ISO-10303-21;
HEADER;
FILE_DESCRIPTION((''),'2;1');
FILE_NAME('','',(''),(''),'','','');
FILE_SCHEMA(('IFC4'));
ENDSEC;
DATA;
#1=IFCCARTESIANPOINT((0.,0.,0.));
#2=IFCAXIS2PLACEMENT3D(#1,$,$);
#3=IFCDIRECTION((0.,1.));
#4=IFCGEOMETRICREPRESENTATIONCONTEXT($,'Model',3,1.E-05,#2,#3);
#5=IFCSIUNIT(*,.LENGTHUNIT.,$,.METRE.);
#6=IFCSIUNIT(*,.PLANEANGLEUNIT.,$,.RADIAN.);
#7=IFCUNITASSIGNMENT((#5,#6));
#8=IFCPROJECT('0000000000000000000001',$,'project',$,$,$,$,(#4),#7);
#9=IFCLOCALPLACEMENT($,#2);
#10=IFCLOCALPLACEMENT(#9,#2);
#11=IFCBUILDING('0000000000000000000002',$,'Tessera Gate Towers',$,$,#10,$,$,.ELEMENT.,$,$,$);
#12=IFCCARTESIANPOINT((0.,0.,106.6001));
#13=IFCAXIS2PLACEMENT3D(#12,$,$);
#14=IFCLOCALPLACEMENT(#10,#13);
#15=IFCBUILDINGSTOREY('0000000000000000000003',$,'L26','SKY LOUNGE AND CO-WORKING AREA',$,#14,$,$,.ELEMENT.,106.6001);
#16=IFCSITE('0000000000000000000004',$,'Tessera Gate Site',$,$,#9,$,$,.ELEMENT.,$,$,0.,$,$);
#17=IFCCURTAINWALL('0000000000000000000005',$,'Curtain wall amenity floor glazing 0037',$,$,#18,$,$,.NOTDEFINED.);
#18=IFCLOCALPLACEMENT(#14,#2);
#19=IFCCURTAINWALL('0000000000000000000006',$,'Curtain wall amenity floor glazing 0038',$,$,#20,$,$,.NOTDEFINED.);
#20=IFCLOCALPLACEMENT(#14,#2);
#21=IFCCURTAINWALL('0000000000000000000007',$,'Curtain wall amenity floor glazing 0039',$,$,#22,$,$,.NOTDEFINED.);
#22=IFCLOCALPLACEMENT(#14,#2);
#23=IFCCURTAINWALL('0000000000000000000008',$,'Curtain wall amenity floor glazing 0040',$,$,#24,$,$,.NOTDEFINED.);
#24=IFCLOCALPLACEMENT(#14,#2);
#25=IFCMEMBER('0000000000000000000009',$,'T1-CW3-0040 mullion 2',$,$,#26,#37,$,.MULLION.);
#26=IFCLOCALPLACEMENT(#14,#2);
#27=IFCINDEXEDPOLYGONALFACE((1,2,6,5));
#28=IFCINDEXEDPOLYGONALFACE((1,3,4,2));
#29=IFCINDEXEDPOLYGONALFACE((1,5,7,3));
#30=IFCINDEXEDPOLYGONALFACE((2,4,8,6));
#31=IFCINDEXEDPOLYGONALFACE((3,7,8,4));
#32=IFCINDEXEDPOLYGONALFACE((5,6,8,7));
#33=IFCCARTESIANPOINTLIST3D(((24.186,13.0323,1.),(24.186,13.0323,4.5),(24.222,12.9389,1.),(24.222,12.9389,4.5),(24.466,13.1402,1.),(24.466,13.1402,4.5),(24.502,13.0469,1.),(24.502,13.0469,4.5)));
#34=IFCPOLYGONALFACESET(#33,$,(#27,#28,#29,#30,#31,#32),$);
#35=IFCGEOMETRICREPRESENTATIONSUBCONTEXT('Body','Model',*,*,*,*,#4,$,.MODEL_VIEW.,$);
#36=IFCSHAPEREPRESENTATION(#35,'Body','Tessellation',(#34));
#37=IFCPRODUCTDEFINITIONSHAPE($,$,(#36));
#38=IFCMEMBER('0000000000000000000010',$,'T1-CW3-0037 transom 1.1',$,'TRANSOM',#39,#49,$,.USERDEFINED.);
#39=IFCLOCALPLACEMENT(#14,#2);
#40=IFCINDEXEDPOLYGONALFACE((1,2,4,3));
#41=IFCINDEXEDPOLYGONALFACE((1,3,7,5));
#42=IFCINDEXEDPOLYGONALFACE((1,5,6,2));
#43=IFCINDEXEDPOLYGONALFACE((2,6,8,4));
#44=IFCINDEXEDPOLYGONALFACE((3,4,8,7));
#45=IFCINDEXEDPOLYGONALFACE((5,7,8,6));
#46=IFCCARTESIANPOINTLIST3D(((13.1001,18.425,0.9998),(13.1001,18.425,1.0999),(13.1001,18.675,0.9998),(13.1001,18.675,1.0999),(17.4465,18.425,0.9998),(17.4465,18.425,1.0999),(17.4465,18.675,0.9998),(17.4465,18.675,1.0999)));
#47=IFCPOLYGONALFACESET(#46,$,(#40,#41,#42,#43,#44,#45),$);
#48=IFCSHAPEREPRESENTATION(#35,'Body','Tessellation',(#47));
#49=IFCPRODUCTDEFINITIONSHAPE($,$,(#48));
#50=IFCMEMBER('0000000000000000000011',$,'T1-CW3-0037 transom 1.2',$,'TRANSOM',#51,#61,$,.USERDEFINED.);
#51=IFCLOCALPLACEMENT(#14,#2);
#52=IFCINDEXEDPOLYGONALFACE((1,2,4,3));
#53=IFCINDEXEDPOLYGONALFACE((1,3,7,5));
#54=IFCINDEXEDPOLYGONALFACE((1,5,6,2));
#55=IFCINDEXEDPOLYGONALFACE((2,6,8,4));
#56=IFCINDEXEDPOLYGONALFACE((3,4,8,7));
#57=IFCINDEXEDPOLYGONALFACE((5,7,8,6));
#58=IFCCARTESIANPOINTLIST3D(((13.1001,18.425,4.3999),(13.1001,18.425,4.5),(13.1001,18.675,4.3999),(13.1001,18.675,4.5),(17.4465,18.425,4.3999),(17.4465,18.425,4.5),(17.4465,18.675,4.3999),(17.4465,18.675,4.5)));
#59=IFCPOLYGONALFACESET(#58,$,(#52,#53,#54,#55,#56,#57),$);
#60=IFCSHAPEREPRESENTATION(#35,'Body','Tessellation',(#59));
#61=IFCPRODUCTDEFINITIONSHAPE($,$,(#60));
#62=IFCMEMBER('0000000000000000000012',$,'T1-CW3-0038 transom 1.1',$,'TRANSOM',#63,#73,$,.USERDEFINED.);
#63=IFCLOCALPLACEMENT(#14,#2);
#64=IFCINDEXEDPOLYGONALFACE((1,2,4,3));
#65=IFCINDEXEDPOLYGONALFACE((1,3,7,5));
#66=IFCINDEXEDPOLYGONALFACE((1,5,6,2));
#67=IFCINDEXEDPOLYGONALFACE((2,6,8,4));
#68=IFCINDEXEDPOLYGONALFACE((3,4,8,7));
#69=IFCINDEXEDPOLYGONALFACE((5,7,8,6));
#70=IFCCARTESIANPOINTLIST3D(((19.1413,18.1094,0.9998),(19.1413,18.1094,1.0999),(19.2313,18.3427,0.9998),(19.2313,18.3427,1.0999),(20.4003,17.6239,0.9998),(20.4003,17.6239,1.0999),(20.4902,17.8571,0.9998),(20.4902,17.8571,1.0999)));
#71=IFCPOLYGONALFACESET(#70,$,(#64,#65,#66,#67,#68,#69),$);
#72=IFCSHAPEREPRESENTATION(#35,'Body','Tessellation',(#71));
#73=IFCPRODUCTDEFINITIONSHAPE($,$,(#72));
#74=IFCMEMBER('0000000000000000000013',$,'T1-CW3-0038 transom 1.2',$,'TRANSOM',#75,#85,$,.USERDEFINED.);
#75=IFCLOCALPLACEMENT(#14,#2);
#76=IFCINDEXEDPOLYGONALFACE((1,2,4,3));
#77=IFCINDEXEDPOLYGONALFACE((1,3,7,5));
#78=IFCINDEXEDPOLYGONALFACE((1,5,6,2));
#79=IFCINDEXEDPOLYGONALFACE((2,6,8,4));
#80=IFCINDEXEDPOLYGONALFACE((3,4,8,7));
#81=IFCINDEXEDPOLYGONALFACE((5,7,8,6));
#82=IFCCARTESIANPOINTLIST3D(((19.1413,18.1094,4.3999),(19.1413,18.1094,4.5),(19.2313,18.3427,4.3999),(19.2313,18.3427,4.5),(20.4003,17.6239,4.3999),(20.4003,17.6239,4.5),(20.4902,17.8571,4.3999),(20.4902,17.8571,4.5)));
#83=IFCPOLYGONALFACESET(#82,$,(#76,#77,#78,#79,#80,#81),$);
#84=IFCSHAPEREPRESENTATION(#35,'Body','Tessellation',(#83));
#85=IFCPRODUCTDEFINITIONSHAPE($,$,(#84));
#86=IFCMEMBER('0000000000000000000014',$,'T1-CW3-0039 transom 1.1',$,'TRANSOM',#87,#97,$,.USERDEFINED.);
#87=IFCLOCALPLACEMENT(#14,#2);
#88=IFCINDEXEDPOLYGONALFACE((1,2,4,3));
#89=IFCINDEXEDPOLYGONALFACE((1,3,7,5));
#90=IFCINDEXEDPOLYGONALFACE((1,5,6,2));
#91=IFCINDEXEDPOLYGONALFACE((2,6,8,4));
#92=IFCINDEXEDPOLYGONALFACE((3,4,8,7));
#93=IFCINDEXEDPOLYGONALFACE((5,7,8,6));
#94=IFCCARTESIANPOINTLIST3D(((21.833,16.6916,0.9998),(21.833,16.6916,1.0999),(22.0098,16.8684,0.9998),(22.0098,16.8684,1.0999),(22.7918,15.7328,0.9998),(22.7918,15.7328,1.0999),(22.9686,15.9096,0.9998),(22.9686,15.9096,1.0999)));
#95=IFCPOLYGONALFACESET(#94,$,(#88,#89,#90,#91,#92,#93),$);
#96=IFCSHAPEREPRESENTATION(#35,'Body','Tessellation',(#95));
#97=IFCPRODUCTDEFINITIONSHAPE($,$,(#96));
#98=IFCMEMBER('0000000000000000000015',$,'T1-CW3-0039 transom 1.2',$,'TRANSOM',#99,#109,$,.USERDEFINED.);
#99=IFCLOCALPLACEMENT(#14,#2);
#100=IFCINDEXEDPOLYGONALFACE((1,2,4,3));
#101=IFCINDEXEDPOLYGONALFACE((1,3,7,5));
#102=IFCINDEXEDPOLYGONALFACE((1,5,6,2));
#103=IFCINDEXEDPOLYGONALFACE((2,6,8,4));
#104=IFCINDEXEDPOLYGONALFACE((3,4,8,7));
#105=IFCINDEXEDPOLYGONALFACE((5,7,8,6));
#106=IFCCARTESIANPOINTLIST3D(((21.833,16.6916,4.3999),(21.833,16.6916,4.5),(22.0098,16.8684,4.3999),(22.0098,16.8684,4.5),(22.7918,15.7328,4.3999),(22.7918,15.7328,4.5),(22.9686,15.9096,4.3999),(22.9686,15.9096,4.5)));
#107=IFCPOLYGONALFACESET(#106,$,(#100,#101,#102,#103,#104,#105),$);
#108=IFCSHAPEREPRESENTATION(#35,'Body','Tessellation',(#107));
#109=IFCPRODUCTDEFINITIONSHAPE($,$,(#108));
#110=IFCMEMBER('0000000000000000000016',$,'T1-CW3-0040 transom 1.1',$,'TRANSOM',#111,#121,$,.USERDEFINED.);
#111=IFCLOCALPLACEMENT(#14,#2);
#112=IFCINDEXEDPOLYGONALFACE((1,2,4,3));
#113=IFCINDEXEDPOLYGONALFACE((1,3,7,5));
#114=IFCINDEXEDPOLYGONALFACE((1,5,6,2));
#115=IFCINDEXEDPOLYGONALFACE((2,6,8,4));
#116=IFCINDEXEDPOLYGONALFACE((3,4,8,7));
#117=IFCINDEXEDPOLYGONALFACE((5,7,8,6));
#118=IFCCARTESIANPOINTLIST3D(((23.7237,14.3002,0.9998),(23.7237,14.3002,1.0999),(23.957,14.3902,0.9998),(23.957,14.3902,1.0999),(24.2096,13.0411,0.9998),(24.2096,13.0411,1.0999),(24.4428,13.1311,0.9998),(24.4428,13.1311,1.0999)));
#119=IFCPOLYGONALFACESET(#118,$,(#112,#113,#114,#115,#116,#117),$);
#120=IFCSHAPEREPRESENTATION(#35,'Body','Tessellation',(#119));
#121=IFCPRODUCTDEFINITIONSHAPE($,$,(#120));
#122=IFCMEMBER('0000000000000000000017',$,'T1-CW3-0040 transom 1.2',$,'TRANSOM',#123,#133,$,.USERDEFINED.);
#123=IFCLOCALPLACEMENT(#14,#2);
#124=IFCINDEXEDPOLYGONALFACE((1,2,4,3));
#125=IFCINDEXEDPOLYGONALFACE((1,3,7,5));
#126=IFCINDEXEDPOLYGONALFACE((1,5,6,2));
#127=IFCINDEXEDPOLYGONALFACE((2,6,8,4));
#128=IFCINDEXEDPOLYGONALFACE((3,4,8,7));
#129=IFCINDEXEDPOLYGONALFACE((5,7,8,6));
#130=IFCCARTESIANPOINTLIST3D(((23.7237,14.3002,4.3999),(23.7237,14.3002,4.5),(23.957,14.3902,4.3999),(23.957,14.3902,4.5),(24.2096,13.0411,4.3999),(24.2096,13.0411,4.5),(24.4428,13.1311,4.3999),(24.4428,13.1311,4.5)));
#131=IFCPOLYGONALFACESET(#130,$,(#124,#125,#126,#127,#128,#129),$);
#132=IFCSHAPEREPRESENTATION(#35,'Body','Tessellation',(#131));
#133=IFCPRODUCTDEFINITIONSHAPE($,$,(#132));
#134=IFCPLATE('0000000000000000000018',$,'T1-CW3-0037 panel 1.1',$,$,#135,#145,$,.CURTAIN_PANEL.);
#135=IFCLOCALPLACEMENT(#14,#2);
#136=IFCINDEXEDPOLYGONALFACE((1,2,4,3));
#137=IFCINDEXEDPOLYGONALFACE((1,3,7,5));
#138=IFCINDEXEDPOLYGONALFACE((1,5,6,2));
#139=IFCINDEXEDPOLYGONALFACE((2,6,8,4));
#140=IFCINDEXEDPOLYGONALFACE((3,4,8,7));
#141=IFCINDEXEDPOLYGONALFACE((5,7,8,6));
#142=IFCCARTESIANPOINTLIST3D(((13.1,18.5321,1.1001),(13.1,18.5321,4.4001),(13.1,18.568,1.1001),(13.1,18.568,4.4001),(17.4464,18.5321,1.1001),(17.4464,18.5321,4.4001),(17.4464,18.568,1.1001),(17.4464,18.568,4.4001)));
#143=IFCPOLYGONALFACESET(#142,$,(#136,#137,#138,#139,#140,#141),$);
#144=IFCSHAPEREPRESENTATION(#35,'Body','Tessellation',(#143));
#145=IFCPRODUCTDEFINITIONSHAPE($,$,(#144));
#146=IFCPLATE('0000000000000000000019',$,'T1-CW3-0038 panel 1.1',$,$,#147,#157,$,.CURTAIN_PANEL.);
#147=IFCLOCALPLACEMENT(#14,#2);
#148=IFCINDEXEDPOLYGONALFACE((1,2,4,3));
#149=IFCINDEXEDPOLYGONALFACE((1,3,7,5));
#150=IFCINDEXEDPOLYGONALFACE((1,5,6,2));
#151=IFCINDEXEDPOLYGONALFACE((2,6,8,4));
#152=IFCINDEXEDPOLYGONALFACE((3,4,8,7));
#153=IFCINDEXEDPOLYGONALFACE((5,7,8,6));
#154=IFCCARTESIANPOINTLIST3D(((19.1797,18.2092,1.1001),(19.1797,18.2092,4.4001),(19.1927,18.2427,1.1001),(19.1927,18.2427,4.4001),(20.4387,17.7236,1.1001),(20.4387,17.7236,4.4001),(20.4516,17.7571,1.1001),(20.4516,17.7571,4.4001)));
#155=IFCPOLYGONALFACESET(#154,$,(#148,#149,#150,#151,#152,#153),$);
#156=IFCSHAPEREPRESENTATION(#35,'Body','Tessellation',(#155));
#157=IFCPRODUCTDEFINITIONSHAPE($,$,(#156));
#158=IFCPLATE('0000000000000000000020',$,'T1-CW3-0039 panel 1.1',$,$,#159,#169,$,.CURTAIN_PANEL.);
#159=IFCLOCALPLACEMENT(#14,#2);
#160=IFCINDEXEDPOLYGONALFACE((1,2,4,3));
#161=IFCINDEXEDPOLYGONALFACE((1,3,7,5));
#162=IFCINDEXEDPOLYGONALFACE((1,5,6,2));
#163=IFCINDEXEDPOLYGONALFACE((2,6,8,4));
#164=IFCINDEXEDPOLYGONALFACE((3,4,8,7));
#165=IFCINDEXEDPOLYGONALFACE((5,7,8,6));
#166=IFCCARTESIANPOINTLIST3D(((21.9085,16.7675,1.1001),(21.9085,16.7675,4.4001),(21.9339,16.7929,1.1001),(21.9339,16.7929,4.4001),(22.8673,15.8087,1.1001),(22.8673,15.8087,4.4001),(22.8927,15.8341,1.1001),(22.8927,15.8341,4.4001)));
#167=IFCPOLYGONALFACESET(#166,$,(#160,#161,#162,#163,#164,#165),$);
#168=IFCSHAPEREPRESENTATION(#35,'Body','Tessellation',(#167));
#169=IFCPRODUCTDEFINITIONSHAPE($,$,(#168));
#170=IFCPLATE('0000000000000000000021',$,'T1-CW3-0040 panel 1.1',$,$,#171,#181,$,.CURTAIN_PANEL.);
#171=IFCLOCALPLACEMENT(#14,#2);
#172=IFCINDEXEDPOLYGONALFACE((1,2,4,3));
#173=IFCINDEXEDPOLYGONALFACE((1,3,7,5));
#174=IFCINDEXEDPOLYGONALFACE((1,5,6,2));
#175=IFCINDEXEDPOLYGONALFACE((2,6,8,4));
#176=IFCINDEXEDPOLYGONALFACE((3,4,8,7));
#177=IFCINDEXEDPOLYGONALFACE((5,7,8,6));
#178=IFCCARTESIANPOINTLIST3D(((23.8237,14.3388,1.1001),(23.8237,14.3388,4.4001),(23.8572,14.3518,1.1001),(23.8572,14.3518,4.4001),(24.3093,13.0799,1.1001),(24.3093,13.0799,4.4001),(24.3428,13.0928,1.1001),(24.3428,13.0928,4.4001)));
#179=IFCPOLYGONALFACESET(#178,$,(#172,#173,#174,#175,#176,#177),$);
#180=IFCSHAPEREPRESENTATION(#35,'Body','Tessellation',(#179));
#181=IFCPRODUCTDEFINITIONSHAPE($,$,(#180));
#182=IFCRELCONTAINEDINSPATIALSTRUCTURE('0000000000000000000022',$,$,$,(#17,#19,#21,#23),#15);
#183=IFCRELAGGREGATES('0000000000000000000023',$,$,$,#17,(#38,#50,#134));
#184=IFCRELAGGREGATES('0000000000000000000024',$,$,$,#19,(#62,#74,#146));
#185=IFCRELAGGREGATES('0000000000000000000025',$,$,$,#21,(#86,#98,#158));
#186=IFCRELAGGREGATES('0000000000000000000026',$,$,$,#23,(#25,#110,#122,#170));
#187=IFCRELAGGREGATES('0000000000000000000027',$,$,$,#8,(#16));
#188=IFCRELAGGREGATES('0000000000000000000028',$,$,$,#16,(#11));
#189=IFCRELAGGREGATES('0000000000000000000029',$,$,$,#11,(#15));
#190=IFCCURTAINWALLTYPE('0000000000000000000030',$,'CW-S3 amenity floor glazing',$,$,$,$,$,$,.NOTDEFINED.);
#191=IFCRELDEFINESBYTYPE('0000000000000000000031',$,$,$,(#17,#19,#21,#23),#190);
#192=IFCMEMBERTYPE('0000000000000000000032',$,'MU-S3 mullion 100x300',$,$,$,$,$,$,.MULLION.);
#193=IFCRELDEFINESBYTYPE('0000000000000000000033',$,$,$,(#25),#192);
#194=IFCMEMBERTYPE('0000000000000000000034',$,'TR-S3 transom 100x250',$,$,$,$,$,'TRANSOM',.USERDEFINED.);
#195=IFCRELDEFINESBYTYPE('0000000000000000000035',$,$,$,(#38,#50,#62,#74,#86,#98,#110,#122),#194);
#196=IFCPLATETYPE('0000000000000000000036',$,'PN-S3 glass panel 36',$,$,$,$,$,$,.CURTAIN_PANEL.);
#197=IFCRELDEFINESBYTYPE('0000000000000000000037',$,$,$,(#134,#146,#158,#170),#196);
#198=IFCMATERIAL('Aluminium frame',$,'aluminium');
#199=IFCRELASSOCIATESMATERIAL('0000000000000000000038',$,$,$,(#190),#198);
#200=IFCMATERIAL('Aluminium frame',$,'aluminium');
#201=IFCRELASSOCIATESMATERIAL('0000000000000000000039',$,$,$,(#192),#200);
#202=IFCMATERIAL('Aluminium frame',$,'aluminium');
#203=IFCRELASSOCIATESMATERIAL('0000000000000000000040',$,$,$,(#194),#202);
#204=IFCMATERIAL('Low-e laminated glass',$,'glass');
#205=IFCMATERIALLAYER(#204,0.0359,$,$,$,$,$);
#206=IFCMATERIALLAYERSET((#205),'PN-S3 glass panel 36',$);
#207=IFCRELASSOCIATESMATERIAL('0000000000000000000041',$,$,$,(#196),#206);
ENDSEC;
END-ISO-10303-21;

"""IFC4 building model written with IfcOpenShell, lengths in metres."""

from ifc_helpers import new_model, si_unit, direction, frame, origin, origin_2d, place, context, subcontext, project, spatial, rectangle, extrude, material, layer, layer_set, material_profile, profile_set, type_object, element, aggregate, save


model = new_model("IFC4")

# Units and contexts
model_context = context("Model", 3, precision=1e-05, world=origin(), true_north=direction((0.0, 1.0)))
body_context = subcontext(model_context, "Body", "Model", "MODEL_VIEW")
ifc_project = project(units=[si_unit("LENGTHUNIT", "METRE"), si_unit("PLANEANGLEUNIT", "RADIAN")], contexts=[model_context])

# Site, building, storey
site_placement = place(None, origin())
site = spatial("IfcSite", under=ifc_project, at=site_placement, Name="Tessera Gate Site", CompositionType="ELEMENT", RefElevation=0.0)
building_placement = place(site_placement, origin())
building = spatial("IfcBuilding", under=site, at=building_placement, Name="Tessera Gate Towers", CompositionType="ELEMENT")
storey_placement = place(building_placement, frame((0.0, 0.0, 106.6001)))
storey = spatial("IfcBuildingStorey", under=building, at=storey_placement, Name="L26", Description="SKY LOUNGE AND CO-WORKING AREA", CompositionType="ELEMENT", Elevation=106.6001)

# Curtain wall
ifc_material_1 = material(Name="Aluminium frame", Category="aluminium")
curtain_wall_type = type_object("IfcCurtainWallType", Name="CW-S3 amenity floor glazing", PredefinedType="NOTDEFINED", material=ifc_material_1)
curtain_wall_1_placement = place(storey_placement, origin())
curtain_wall_1 = element("IfcCurtainWall", 1, at=curtain_wall_1_placement, inside=storey, type_object=curtain_wall_type, Name="Curtain wall amenity floor glazing 0037", PredefinedType="NOTDEFINED")
ifc_material_2 = material(Name="Aluminium frame", Category="aluminium")
ifc_material_profile_1 = material_profile(ifc_material_2, rectangle(XDim=0.1001, YDim=0.3, at=origin_2d()), Name="AL 100x300")
ifc_profile_set_1 = profile_set([ifc_material_profile_1], Name="Aluminium frame")
member_type_1 = type_object("IfcMemberType", Name="MU-S3 mullion 100x300", PredefinedType="MULLION", material=ifc_profile_set_1)

# Curtain walls, member
curtain_wall_2_placement = place(storey_placement, origin())
curtain_wall_2 = element("IfcCurtainWall", 2, at=curtain_wall_2_placement, inside=storey, type_object=curtain_wall_type, Name="Curtain wall amenity floor glazing 0038", PredefinedType="NOTDEFINED")
curtain_wall_3_placement = place(storey_placement, origin())
curtain_wall_3 = element("IfcCurtainWall", 3, at=curtain_wall_3_placement, inside=storey, type_object=curtain_wall_type, Name="Curtain wall amenity floor glazing 0039", PredefinedType="NOTDEFINED")
curtain_wall_4_placement = place(storey_placement, origin())
curtain_wall_4 = element("IfcCurtainWall", 4, at=curtain_wall_4_placement, inside=storey, type_object=curtain_wall_type, Name="Curtain wall amenity floor glazing 0040", PredefinedType="NOTDEFINED")
member_1_placement = place(storey_placement, frame((24.344, 13.0396, 1.0), z_axis=(0.0, 0.0, 1.0), x_axis=(0.359904, -0.932989, 0.0)))
member_1 = element("IfcMember", 5, at=member_1_placement, type_object=member_type_1, Name="T1-CW3-0040 mullion 2", PredefinedType="MULLION", context=body_context, shape_type="SweptSolid", body=[
    extrude(rectangle(XDim=0.1001, YDim=0.3, at=origin_2d()), origin(), (0.0, 0.0, 1.0), 3.5),
])

# Members
ifc_material_3 = material(Name="Aluminium frame", Category="aluminium")
ifc_material_profile_2 = material_profile(ifc_material_3, rectangle(XDim=0.25, YDim=0.1001, at=origin_2d()), Name="AL 100x250")
ifc_profile_set_2 = profile_set([ifc_material_profile_2], Name="Aluminium frame")
member_type_2 = type_object("IfcMemberType", Name="TR-S3 transom 100x250", ElementType="TRANSOM", PredefinedType="USERDEFINED", material=ifc_profile_set_2)
member_2_placement = place(storey_placement, frame((13.1001, 18.55, 1.0498), z_axis=(1.0, 0.0, 0.0), x_axis=(0.0, 1.0, 0.0)))
member_2 = element("IfcMember", 6, at=member_2_placement, type_object=member_type_2, Name="T1-CW3-0037 transom 1.1", ObjectType="TRANSOM", PredefinedType="USERDEFINED", context=body_context, shape_type="SweptSolid", body=[
    extrude(rectangle(XDim=0.25, YDim=0.1001, at=origin_2d()), origin(), (0.0, 0.0, 1.0), 4.3464),
])
member_3_placement = place(storey_placement, frame((13.1001, 18.55, 4.45), z_axis=(1.0, 0.0, 0.0), x_axis=(0.0, 1.0, 0.0)))
member_3 = element("IfcMember", 7, at=member_3_placement, type_object=member_type_2, Name="T1-CW3-0037 transom 1.2", ObjectType="TRANSOM", PredefinedType="USERDEFINED", context=body_context, shape_type="SweptSolid", body=[
    extrude(rectangle(XDim=0.25, YDim=0.1001, at=origin_2d()), origin(), (0.0, 0.0, 1.0), 4.3464),
])
member_4_placement = place(storey_placement, frame((19.1863, 18.2261, 1.0498), z_axis=(0.933009, -0.359852, 0.0), x_axis=(0.359852, 0.933009, 0.0)))
member_4 = element("IfcMember", 8, at=member_4_placement, type_object=member_type_2, Name="T1-CW3-0038 transom 1.1", ObjectType="TRANSOM", PredefinedType="USERDEFINED", context=body_context, shape_type="SweptSolid", body=[
    extrude(rectangle(XDim=0.25, YDim=0.1001, at=origin_2d()), origin(), (0.0, 0.0, 1.0), 1.3494),
])
member_5_placement = place(storey_placement, frame((19.1863, 18.2261, 4.45), z_axis=(0.933009, -0.359852, 0.0), x_axis=(0.359852, 0.933009, 0.0)))
member_5 = element("IfcMember", 9, at=member_5_placement, type_object=member_type_2, Name="T1-CW3-0038 transom 1.2", ObjectType="TRANSOM", PredefinedType="USERDEFINED", context=body_context, shape_type="SweptSolid", body=[
    extrude(rectangle(XDim=0.25, YDim=0.1001, at=origin_2d()), origin(), (0.0, 0.0, 1.0), 1.3494),
])
member_6_placement = place(storey_placement, frame((21.9214, 16.78, 1.0498), z_axis=(0.707107, -0.707107, 0.0), x_axis=(0.707107, 0.707107, 0.0)))
member_6 = element("IfcMember", 10, at=member_6_placement, type_object=member_type_2, Name="T1-CW3-0039 transom 1.1", ObjectType="TRANSOM", PredefinedType="USERDEFINED", context=body_context, shape_type="SweptSolid", body=[
    extrude(rectangle(XDim=0.25, YDim=0.1001, at=origin_2d()), origin(), (0.0, 0.0, 1.0), 1.356),
])
member_7_placement = place(storey_placement, frame((21.9214, 16.78, 4.45), z_axis=(0.707107, -0.707107, 0.0), x_axis=(0.707107, 0.707107, 0.0)))
member_7 = element("IfcMember", 11, at=member_7_placement, type_object=member_type_2, Name="T1-CW3-0039 transom 1.2", ObjectType="TRANSOM", PredefinedType="USERDEFINED", context=body_context, shape_type="SweptSolid", body=[
    extrude(rectangle(XDim=0.25, YDim=0.1001, at=origin_2d()), origin(), (0.0, 0.0, 1.0), 1.356),
])
member_8_placement = place(storey_placement, frame((23.8403, 14.3452, 1.0498), z_axis=(0.360009, -0.932949, 0.0), x_axis=(0.932949, 0.360009, 0.0)))
member_8 = element("IfcMember", 12, at=member_8_placement, type_object=member_type_2, Name="T1-CW3-0040 transom 1.1", ObjectType="TRANSOM", PredefinedType="USERDEFINED", context=body_context, shape_type="SweptSolid", body=[
    extrude(rectangle(XDim=0.25, YDim=0.1001, at=origin_2d()), origin(), (0.0, 0.0, 1.0), 1.3496),
])
member_9_placement = place(storey_placement, frame((23.8403, 14.3452, 4.45), z_axis=(0.360009, -0.932949, 0.0), x_axis=(0.932949, 0.360009, 0.0)))
member_9 = element("IfcMember", 13, at=member_9_placement, type_object=member_type_2, Name="T1-CW3-0040 transom 1.2", ObjectType="TRANSOM", PredefinedType="USERDEFINED", context=body_context, shape_type="SweptSolid", body=[
    extrude(rectangle(XDim=0.25, YDim=0.1001, at=origin_2d()), origin(), (0.0, 0.0, 1.0), 1.3496),
])

# Plates
ifc_material_4 = material(Name="Low-e laminated glass", Category="glass")
ifc_layer_1 = layer(ifc_material_4, 0.0359)
ifc_layer_set_1 = layer_set([ifc_layer_1], Name="PN-S3 glass panel 36")
plate_type = type_object("IfcPlateType", Name="PN-S3 glass panel 36", PredefinedType="CURTAIN_PANEL", material=ifc_layer_set_1)
plate_1_placement = place(storey_placement, frame((15.2732, 18.55, 1.1001), z_axis=(0.0, 0.0, 1.0), x_axis=(1.0, 0.0, 0.0)))
plate_1 = element("IfcPlate", 14, at=plate_1_placement, type_object=plate_type, Name="T1-CW3-0037 panel 1.1", PredefinedType="CURTAIN_PANEL", context=body_context, shape_type="SweptSolid", body=[
    extrude(rectangle(XDim=4.3464, YDim=0.0359, at=origin_2d()), origin(), (0.0, 0.0, 1.0), 3.3),
])
aggregate(curtain_wall_1, [member_2, member_3, plate_1])
plate_2_placement = place(storey_placement, frame((19.8157, 17.9832, 1.1001), z_axis=(0.0, 0.0, 1.0), x_axis=(0.932989, -0.359904, 0.0)))
plate_2 = element("IfcPlate", 15, at=plate_2_placement, type_object=plate_type, Name="T1-CW3-0038 panel 1.1", PredefinedType="CURTAIN_PANEL", context=body_context, shape_type="SweptSolid", body=[
    extrude(rectangle(XDim=1.3494, YDim=0.0359, at=origin_2d()), origin(), (0.0, 0.0, 1.0), 3.3),
])
aggregate(curtain_wall_2, [member_4, member_5, plate_2])
plate_3_placement = place(storey_placement, frame((22.4006, 16.3008, 1.1001), z_axis=(0.0, 0.0, 1.0), x_axis=(0.707107, -0.707107, 0.0)))
plate_3 = element("IfcPlate", 16, at=plate_3_placement, type_object=plate_type, Name="T1-CW3-0039 panel 1.1", PredefinedType="CURTAIN_PANEL", context=body_context, shape_type="SweptSolid", body=[
    extrude(rectangle(XDim=1.356, YDim=0.0359, at=origin_2d()), origin(), (0.0, 0.0, 1.0), 3.3),
])
aggregate(curtain_wall_3, [member_6, member_7, plate_3])
plate_4_placement = place(storey_placement, frame((24.0833, 13.7158, 1.1001), z_axis=(0.0, 0.0, 1.0), x_axis=(0.359904, -0.932989, 0.0)))
plate_4 = element("IfcPlate", 17, at=plate_4_placement, type_object=plate_type, Name="T1-CW3-0040 panel 1.1", PredefinedType="CURTAIN_PANEL", context=body_context, shape_type="SweptSolid", body=[
    extrude(rectangle(XDim=1.3494, YDim=0.0359, at=origin_2d()), origin(), (0.0, 0.0, 1.0), 3.3),
])
aggregate(curtain_wall_4, [member_1, member_8, member_9, plate_4])

save(model, "model.ifc")
